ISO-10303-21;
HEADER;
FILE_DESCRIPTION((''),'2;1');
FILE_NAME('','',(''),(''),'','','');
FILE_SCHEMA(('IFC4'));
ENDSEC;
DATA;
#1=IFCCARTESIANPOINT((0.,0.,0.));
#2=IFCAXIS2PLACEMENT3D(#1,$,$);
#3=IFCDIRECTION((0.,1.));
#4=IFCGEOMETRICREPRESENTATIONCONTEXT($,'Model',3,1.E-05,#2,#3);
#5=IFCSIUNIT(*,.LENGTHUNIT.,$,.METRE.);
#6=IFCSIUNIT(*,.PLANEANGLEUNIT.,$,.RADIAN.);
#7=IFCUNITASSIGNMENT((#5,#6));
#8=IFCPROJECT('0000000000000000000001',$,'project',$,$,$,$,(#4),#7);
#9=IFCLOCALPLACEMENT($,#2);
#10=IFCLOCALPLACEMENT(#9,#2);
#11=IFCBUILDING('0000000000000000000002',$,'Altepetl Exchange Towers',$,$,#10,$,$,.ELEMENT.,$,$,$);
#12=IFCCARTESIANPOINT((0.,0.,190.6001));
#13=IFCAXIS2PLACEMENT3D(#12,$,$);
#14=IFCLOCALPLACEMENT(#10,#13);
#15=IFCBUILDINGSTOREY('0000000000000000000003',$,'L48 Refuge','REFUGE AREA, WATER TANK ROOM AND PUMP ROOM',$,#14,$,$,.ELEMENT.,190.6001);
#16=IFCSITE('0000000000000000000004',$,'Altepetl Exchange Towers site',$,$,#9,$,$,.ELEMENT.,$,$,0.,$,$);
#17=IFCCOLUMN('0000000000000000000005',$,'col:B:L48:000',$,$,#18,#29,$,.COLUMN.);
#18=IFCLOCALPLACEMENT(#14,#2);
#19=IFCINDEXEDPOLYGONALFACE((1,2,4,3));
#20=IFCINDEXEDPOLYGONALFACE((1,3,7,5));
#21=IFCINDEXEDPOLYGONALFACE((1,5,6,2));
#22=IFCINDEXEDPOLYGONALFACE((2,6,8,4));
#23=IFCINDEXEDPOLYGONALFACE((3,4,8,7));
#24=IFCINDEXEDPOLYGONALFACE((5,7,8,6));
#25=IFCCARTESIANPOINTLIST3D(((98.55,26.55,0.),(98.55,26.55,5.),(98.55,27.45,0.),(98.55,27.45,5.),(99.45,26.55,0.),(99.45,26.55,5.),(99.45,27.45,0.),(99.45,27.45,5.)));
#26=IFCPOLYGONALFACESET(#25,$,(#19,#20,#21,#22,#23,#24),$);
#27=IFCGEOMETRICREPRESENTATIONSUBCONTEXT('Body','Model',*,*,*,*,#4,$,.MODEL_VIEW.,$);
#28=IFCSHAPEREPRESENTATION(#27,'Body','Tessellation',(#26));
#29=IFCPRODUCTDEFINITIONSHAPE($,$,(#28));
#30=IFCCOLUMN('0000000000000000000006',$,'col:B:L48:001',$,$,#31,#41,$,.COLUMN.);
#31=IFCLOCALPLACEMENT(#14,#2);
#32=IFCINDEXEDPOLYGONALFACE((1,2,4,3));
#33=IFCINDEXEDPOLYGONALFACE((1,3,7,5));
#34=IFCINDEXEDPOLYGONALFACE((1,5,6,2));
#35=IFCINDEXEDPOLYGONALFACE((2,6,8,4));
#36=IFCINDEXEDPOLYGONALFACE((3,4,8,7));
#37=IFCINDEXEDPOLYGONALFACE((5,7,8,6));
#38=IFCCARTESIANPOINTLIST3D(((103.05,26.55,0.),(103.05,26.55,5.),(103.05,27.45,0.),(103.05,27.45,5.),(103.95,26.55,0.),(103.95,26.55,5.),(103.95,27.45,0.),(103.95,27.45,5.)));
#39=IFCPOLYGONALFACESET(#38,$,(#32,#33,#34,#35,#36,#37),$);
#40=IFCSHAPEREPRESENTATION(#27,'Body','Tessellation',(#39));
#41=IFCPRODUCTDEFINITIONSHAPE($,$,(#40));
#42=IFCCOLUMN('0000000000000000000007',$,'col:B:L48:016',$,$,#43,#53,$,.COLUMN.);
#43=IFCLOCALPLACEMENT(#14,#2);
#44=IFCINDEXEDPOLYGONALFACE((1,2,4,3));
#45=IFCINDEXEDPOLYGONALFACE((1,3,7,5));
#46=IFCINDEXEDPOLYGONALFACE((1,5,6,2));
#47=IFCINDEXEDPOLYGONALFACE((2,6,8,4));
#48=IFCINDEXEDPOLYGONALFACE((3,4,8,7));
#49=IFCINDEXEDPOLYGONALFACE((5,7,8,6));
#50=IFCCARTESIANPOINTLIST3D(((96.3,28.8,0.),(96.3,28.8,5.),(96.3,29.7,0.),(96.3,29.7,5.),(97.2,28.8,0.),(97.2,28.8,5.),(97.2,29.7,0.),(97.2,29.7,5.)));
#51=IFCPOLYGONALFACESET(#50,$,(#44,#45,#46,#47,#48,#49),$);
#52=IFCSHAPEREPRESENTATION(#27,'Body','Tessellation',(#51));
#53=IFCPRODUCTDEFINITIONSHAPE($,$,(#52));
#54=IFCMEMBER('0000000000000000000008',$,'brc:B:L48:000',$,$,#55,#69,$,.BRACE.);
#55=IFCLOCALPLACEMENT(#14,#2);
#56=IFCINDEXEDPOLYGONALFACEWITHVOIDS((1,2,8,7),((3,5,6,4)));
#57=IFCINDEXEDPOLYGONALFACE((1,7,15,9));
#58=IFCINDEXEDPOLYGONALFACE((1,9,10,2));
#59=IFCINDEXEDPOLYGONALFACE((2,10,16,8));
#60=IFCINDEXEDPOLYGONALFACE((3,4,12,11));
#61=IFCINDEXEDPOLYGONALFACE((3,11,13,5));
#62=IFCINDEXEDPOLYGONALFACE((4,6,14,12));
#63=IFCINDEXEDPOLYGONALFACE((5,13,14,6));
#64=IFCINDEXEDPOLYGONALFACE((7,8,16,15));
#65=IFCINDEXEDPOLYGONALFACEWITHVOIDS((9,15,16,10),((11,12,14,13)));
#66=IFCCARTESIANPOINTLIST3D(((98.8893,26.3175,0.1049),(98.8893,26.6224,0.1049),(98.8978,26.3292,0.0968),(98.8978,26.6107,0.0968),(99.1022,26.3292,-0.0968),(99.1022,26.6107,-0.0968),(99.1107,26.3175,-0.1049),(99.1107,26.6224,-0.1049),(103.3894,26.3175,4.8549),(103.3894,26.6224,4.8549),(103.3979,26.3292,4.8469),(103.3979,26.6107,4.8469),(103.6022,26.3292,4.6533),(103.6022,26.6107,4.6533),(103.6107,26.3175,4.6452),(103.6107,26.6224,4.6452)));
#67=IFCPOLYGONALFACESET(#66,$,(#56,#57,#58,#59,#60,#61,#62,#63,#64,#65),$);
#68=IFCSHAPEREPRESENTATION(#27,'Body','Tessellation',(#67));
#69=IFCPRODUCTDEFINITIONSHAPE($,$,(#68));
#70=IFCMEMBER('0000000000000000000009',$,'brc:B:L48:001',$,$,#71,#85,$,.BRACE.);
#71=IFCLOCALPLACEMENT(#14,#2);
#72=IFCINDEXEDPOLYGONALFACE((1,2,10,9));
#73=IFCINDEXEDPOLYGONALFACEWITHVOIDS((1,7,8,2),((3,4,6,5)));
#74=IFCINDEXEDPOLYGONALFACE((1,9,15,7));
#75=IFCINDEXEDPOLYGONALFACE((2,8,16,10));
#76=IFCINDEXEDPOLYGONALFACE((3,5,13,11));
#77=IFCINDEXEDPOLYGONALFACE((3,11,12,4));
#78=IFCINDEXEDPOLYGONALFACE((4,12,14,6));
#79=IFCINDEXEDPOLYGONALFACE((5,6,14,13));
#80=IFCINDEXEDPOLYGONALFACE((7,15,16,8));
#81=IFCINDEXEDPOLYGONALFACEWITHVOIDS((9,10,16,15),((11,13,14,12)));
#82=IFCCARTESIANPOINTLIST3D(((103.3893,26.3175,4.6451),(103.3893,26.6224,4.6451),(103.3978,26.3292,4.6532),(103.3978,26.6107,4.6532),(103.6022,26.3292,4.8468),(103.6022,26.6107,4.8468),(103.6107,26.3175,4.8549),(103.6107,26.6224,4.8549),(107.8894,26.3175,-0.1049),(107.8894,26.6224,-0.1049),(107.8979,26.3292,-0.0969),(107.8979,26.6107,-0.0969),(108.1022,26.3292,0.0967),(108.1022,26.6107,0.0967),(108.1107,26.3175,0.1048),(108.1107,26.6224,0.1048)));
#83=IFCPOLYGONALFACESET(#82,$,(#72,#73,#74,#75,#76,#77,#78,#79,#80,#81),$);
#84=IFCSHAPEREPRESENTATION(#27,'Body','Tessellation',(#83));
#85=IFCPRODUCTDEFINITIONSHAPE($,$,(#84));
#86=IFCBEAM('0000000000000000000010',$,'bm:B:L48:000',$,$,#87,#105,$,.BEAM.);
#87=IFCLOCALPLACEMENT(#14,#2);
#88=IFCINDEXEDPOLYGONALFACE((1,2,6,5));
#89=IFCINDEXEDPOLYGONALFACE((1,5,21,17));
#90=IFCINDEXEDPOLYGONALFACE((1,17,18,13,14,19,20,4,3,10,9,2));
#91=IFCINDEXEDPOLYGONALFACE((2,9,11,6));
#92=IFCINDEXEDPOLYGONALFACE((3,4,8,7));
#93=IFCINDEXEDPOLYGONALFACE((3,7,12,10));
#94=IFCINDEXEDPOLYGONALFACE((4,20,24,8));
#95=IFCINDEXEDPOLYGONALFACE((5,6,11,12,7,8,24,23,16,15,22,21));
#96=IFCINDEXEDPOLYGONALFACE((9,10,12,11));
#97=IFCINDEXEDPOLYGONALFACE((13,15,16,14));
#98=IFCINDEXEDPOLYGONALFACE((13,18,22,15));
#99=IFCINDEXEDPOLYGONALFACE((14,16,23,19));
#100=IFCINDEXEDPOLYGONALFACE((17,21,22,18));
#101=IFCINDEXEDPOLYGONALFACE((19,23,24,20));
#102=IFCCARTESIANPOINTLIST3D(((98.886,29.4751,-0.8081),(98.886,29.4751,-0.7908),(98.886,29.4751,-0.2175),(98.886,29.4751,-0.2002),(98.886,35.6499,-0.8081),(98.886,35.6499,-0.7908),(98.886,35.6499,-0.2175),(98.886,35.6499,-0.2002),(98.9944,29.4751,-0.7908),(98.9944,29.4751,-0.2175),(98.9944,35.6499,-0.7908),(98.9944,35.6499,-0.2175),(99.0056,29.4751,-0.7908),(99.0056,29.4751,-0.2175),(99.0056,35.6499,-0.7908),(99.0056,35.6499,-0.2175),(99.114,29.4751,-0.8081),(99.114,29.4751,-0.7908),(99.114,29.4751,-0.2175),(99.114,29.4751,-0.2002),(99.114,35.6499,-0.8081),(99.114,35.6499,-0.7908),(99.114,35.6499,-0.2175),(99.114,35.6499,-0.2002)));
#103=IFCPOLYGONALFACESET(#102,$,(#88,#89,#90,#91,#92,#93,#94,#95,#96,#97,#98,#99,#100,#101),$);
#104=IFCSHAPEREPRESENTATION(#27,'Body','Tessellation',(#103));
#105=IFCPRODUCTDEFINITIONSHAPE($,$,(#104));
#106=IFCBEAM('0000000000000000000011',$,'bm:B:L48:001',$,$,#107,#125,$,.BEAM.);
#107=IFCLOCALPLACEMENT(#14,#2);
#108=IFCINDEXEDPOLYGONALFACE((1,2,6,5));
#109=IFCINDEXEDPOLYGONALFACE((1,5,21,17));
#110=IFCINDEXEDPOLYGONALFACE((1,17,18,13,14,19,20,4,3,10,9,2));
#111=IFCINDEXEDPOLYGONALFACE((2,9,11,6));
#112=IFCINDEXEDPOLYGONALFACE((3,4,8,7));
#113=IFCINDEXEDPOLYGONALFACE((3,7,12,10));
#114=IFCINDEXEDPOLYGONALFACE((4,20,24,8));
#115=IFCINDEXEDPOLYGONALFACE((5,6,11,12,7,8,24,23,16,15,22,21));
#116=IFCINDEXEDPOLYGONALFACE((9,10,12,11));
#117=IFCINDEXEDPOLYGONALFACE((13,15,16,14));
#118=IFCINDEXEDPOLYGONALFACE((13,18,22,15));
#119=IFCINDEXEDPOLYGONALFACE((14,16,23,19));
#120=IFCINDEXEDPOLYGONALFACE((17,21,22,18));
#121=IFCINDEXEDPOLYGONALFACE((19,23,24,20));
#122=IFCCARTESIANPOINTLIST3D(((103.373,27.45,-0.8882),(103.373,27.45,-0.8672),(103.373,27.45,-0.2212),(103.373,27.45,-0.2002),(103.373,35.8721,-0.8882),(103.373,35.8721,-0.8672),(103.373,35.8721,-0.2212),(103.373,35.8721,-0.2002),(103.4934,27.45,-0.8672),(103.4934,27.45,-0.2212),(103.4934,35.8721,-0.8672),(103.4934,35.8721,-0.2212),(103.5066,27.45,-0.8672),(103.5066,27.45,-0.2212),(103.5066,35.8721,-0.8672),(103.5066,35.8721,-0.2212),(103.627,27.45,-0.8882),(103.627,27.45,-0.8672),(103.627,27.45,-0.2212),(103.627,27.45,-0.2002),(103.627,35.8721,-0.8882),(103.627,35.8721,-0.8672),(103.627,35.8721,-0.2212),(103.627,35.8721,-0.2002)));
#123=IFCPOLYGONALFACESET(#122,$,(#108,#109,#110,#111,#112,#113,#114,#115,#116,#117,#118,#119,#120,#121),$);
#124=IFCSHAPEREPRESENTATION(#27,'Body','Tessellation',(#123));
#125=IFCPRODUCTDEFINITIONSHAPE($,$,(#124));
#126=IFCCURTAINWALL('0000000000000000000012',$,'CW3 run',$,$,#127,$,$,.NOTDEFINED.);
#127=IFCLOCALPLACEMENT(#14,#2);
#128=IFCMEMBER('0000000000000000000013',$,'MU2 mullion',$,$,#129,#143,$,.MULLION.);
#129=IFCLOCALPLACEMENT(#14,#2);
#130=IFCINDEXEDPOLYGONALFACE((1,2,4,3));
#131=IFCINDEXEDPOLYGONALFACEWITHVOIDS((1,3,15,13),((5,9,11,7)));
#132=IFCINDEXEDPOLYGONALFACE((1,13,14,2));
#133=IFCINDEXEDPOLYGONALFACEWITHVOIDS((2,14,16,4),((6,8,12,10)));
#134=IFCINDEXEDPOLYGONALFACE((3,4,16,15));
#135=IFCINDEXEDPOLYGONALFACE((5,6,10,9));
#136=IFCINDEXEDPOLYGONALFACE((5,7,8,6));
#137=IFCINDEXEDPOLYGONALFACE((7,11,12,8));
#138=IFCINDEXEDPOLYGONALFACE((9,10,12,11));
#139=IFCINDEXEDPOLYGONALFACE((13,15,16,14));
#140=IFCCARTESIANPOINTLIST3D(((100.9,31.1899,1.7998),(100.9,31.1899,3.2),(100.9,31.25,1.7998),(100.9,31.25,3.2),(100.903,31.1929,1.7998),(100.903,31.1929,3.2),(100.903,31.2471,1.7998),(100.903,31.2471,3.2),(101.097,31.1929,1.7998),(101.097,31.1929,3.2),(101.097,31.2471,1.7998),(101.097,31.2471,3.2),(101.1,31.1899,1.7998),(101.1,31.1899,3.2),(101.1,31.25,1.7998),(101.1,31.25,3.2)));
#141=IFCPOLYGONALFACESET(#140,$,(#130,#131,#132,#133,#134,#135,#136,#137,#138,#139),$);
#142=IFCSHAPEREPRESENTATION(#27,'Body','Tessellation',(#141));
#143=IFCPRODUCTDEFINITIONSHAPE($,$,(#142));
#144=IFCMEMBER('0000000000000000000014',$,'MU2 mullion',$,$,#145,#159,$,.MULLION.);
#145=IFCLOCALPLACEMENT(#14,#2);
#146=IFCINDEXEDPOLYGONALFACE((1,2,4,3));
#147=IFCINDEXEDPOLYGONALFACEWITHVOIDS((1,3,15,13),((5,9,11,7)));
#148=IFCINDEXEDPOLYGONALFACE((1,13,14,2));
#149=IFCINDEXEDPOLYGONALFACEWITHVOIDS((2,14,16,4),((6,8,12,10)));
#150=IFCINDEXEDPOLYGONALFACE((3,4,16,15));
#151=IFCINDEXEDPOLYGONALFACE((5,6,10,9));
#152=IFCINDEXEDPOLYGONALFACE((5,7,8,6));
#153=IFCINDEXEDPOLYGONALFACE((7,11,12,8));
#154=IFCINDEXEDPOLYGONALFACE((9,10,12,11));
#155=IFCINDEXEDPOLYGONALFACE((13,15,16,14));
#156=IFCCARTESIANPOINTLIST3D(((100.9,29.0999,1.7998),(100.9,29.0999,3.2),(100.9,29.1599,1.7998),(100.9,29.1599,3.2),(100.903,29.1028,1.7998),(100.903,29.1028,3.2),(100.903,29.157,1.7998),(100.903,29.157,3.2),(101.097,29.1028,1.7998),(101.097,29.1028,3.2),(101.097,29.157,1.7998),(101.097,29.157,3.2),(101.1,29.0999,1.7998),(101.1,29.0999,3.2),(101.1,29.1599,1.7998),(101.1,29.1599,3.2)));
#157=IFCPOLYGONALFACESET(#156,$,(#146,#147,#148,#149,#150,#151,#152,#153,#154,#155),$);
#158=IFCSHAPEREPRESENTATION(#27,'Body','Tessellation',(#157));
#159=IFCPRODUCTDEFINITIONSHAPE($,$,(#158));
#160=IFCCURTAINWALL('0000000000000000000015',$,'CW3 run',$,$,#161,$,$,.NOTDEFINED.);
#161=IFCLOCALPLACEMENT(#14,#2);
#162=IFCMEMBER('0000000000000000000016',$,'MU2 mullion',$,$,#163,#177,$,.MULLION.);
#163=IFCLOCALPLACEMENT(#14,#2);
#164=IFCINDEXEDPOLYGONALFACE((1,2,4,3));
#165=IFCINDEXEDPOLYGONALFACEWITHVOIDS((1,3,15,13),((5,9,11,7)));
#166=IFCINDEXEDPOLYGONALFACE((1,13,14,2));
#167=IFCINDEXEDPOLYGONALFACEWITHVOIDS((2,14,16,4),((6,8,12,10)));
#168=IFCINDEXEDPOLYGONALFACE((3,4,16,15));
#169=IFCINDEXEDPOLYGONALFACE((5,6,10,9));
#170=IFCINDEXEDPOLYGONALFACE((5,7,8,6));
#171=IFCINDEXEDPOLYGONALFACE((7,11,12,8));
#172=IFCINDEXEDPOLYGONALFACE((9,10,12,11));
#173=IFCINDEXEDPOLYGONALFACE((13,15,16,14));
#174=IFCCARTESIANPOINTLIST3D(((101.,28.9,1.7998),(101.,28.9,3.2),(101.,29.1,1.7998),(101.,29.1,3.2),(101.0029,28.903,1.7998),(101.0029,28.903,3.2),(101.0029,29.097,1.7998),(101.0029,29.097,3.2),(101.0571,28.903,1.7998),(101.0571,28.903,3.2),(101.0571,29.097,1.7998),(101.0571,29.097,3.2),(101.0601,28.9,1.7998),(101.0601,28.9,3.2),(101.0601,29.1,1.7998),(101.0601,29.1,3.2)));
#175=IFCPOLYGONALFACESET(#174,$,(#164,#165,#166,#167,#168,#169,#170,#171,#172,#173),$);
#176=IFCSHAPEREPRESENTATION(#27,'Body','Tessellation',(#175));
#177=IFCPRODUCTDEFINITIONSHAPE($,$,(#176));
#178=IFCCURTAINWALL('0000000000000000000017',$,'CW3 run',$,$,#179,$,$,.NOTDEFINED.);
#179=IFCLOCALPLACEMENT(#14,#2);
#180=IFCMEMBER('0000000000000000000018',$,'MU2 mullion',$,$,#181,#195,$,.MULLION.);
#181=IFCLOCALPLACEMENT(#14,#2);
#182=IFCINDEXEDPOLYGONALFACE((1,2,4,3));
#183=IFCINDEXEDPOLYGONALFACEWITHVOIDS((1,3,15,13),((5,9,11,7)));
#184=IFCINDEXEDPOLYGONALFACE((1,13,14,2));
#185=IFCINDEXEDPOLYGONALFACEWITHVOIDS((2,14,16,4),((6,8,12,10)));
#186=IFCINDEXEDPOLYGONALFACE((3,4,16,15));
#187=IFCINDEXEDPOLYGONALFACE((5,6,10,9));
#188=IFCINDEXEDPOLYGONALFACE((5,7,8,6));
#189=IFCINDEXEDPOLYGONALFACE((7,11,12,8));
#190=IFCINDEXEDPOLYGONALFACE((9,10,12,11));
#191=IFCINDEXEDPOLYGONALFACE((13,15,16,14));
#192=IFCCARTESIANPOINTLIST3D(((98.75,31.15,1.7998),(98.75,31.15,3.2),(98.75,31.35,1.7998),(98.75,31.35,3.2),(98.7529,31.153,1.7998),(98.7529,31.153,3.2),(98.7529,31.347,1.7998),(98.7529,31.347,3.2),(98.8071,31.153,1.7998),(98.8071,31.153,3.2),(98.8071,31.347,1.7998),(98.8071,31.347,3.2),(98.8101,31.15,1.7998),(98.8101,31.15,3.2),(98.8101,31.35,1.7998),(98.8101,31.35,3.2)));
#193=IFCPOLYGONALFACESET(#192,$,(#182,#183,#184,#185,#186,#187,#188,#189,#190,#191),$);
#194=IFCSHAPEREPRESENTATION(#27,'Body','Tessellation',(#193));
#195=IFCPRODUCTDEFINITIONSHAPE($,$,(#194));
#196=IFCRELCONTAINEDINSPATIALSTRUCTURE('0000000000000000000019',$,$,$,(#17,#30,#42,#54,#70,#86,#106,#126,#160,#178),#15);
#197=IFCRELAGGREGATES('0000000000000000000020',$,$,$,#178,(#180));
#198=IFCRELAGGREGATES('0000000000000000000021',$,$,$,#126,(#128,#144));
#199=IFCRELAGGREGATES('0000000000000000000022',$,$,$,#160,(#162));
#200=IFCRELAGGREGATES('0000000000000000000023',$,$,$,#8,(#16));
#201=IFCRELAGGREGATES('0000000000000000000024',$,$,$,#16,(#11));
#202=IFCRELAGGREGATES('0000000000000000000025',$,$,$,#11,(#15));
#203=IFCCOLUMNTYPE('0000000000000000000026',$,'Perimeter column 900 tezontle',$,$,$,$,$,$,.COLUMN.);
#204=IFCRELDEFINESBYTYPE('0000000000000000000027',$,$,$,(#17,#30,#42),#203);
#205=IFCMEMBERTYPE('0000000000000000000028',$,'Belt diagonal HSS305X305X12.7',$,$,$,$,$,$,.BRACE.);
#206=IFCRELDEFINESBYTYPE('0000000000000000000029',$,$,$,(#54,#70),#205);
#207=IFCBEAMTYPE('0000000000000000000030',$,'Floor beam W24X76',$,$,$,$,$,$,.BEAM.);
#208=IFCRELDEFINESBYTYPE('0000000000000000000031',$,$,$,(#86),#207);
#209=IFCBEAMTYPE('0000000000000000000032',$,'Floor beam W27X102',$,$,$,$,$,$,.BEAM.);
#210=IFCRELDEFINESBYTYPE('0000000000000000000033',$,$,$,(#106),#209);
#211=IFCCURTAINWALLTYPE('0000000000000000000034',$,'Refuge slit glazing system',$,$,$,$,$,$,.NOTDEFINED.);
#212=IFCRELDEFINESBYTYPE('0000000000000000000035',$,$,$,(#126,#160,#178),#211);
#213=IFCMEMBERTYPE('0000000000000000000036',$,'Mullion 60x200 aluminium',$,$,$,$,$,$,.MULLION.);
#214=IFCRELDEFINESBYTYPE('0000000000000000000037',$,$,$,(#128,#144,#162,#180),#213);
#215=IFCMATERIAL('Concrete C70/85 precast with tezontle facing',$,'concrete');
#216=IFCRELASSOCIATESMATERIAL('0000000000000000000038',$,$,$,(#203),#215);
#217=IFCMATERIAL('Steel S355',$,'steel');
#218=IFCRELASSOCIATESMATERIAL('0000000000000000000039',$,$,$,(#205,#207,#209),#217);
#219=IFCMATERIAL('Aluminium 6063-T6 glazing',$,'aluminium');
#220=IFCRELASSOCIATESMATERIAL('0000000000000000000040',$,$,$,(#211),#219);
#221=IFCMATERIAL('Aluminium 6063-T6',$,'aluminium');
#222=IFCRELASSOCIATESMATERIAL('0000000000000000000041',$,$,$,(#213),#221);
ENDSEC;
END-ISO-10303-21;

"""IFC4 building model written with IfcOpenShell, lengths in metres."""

from ifc_helpers import new_model, si_unit, direction, frame, origin, origin_2d, place, context, subcontext, project, spatial, rectangle, hollow_rectangle, i_section, extrude, material, material_profile, profile_set, type_object, element, aggregate, save


model = new_model("IFC4")

# Units and contexts
model_context = context("Model", 3, precision=1e-05, world=origin(), true_north=direction((0.0, 1.0)))
body_context = subcontext(model_context, "Body", "Model", "MODEL_VIEW")
ifc_project = project(units=[si_unit("LENGTHUNIT", "METRE"), si_unit("PLANEANGLEUNIT", "RADIAN")], contexts=[model_context])

# Site, building, storey
site_placement = place(None, origin())
site = spatial("IfcSite", under=ifc_project, at=site_placement, Name="Altepetl Exchange Towers site", CompositionType="ELEMENT", RefElevation=0.0)
building_placement = place(site_placement, origin())
building = spatial("IfcBuilding", under=site, at=building_placement, Name="Altepetl Exchange Towers", CompositionType="ELEMENT")
storey_placement = place(building_placement, frame((0.0, 0.0, 190.6001)))
storey = spatial("IfcBuildingStorey", under=building, at=storey_placement, Name="L48 Refuge", Description="REFUGE AREA, WATER TANK ROOM AND PUMP ROOM", CompositionType="ELEMENT", Elevation=190.6001)

# Columns
ifc_material_1 = material(Name="Concrete C70/85 precast with tezontle facing", Category="concrete")
ifc_material_profile_1 = material_profile(ifc_material_1, rectangle(XDim=0.8999, YDim=0.8999, at=origin_2d()), Name="900 x 900")
ifc_profile_set_1 = profile_set([ifc_material_profile_1], Name="Concrete C70/85 precast with tezontle facing")
column_type = type_object("IfcColumnType", Name="Perimeter column 900 tezontle", PredefinedType="COLUMN", material=ifc_profile_set_1)
for number, where, name in (
    (1, (99.0, 27.0, 0.0), "col:B:L48:000"),
    (2, (103.5, 27.0, 0.0), "col:B:L48:001"),
    (3, (96.75, 29.25, 0.0), "col:B:L48:016"),
):
    element("IfcColumn", number, at=place(storey_placement, frame(where)), inside=storey, type_object=column_type, Name=name, PredefinedType="COLUMN", context=body_context, shape_type="SweptSolid", body=[
        extrude(rectangle(XDim=0.8999, YDim=0.8999, at=origin_2d()), origin(), (0.0, 0.0, 1.0), 5.0),
    ])

# Members
ifc_material_2 = material(Name="Steel S355", Category="steel")
ifc_material_profile_2 = material_profile(ifc_material_2, hollow_rectangle(XDim=0.3049, YDim=0.3049, WallThickness=0.0117, at=origin_2d()), Name="HSS305X305X12.7")
ifc_profile_set_2 = profile_set([ifc_material_profile_2], Name="Steel S355")
member_type_1 = type_object("IfcMemberType", Name="Belt diagonal HSS305X305X12.7", PredefinedType="BRACE", material=ifc_profile_set_2)
for number, where, z_axis, x_axis, name in (
    (4, (99.0, 26.47, 0.0), (0.687745, 0.0, 0.725953), (0.0, 1.0, 0.0), "brc:B:L48:000"),
    (5, (103.5, 26.47, 4.75), (0.687745, 0.0, -0.725953), (0.0, 1.0, 0.0), "brc:B:L48:001"),
):
    element("IfcMember", number, at=place(storey_placement, frame(where, z_axis=z_axis, x_axis=x_axis)), inside=storey, type_object=member_type_1, Name=name, PredefinedType="BRACE", context=body_context, shape_type="SweptSolid", body=[
        extrude(hollow_rectangle(XDim=0.3049, YDim=0.3049, WallThickness=0.0117, at=origin_2d()), origin(), (0.0, 0.0, 1.0), 6.5432),
    ])

# Beams
ifc_material_profile_3 = material_profile(ifc_material_2, i_section(OverallWidth=0.228, OverallDepth=0.6079, WebThickness=0.0112, FlangeThickness=0.0173, at=origin_2d()), Name="W24X76")
ifc_profile_set_3 = profile_set([ifc_material_profile_3], Name="Steel S355")
beam_type_1 = type_object("IfcBeamType", Name="Floor beam W24X76", PredefinedType="BEAM", material=ifc_profile_set_3)
beam_1_placement = place(storey_placement, frame((99.0, 29.4751, -0.5042), z_axis=(0.0, 1.0, 0.0), x_axis=(-1.0, 0.0, 0.0)))
element("IfcBeam", 6, at=beam_1_placement, inside=storey, type_object=beam_type_1, Name="bm:B:L48:000", PredefinedType="BEAM", context=body_context, shape_type="SweptSolid", body=[
    extrude(i_section(OverallWidth=0.228, OverallDepth=0.6079, WebThickness=0.0112, FlangeThickness=0.0173, at=origin_2d()), origin(), (0.0, 0.0, 1.0), 6.1748),
])
ifc_material_profile_4 = material_profile(ifc_material_2, i_section(OverallWidth=0.2539, OverallDepth=0.688, WebThickness=0.0132, FlangeThickness=0.021, at=origin_2d()), Name="W27X102")
ifc_profile_set_4 = profile_set([ifc_material_profile_4], Name="Steel S355")
beam_type_2 = type_object("IfcBeamType", Name="Floor beam W27X102", PredefinedType="BEAM", material=ifc_profile_set_4)
beam_2_placement = place(storey_placement, frame((103.5, 27.45, -0.5442), z_axis=(0.0, 1.0, 0.0), x_axis=(-1.0, 0.0, 0.0)))
element("IfcBeam", 7, at=beam_2_placement, inside=storey, type_object=beam_type_2, Name="bm:B:L48:001", PredefinedType="BEAM", context=body_context, shape_type="SweptSolid", body=[
    extrude(i_section(OverallWidth=0.2539, OverallDepth=0.688, WebThickness=0.0132, FlangeThickness=0.021, at=origin_2d()), origin(), (0.0, 0.0, 1.0), 8.4221),
])

# Curtain wall, members
ifc_material_3 = material(Name="Aluminium 6063-T6 glazing", Category="aluminium")
curtain_wall_type = type_object("IfcCurtainWallType", Name="Refuge slit glazing system", PredefinedType="NOTDEFINED", material=ifc_material_3)
curtain_wall_1_placement = place(storey_placement, origin())
curtain_wall_1 = element("IfcCurtainWall", 8, at=curtain_wall_1_placement, inside=storey, type_object=curtain_wall_type, Name="CW3 run", PredefinedType="NOTDEFINED")
ifc_material_4 = material(Name="Aluminium 6063-T6", Category="aluminium")
ifc_material_profile_5 = material_profile(ifc_material_4, hollow_rectangle(XDim=0.0601, YDim=0.2, WallThickness=0.0029, at=origin_2d()), Name="Mullion 60x200 aluminium")
ifc_profile_set_5 = profile_set([ifc_material_profile_5], Name="Aluminium 6063-T6")
member_type_2 = type_object("IfcMemberType", Name="Mullion 60x200 aluminium", PredefinedType="MULLION", material=ifc_profile_set_5)
member_1_placement = place(storey_placement, frame((101.0, 31.22, 1.7998), z_axis=(0.0, 0.0, 1.0), x_axis=(0.0, -1.0, 0.0)))
member_1 = element("IfcMember", 9, at=member_1_placement, type_object=member_type_2, Name="MU2 mullion", PredefinedType="MULLION", context=body_context, shape_type="SweptSolid", body=[
    extrude(hollow_rectangle(XDim=0.0601, YDim=0.2, WallThickness=0.0029, at=origin_2d()), origin(), (0.0, 0.0, 1.0), 1.4001),
])
member_2_placement = place(storey_placement, frame((101.0, 29.1299, 1.7998), z_axis=(0.0, 0.0, 1.0), x_axis=(0.0, -1.0, 0.0)))
member_2 = element("IfcMember", 10, at=member_2_placement, type_object=member_type_2, Name="MU2 mullion", PredefinedType="MULLION", context=body_context, shape_type="SweptSolid", body=[
    extrude(hollow_rectangle(XDim=0.0601, YDim=0.2, WallThickness=0.0029, at=origin_2d()), origin(), (0.0, 0.0, 1.0), 1.4001),
])

# Curtain walls, members
curtain_wall_2_placement = place(storey_placement, origin())
curtain_wall_2 = element("IfcCurtainWall", 11, at=curtain_wall_2_placement, inside=storey, type_object=curtain_wall_type, Name="CW3 run", PredefinedType="NOTDEFINED")
member_3_placement = place(storey_placement, frame((101.03, 29.0, 1.7998)))
member_3 = element("IfcMember", 12, at=member_3_placement, type_object=member_type_2, Name="MU2 mullion", PredefinedType="MULLION", context=body_context, shape_type="SweptSolid", body=[
    extrude(hollow_rectangle(XDim=0.0601, YDim=0.2, WallThickness=0.0029, at=origin_2d()), origin(), (0.0, 0.0, 1.0), 1.4001),
])
curtain_wall_3_placement = place(storey_placement, origin())
curtain_wall_3 = element("IfcCurtainWall", 13, at=curtain_wall_3_placement, inside=storey, type_object=curtain_wall_type, Name="CW3 run", PredefinedType="NOTDEFINED")
member_4_placement = place(storey_placement, frame((98.78, 31.25, 1.7998)))
member_4 = element("IfcMember", 14, at=member_4_placement, type_object=member_type_2, Name="MU2 mullion", PredefinedType="MULLION", context=body_context, shape_type="SweptSolid", body=[
    extrude(hollow_rectangle(XDim=0.0601, YDim=0.2, WallThickness=0.0029, at=origin_2d()), origin(), (0.0, 0.0, 1.0), 1.4001),
])
aggregate(curtain_wall_3, [member_4])

aggregate(curtain_wall_1, [member_1, member_2])
aggregate(curtain_wall_2, [member_3])

save(model, "model.ifc")
